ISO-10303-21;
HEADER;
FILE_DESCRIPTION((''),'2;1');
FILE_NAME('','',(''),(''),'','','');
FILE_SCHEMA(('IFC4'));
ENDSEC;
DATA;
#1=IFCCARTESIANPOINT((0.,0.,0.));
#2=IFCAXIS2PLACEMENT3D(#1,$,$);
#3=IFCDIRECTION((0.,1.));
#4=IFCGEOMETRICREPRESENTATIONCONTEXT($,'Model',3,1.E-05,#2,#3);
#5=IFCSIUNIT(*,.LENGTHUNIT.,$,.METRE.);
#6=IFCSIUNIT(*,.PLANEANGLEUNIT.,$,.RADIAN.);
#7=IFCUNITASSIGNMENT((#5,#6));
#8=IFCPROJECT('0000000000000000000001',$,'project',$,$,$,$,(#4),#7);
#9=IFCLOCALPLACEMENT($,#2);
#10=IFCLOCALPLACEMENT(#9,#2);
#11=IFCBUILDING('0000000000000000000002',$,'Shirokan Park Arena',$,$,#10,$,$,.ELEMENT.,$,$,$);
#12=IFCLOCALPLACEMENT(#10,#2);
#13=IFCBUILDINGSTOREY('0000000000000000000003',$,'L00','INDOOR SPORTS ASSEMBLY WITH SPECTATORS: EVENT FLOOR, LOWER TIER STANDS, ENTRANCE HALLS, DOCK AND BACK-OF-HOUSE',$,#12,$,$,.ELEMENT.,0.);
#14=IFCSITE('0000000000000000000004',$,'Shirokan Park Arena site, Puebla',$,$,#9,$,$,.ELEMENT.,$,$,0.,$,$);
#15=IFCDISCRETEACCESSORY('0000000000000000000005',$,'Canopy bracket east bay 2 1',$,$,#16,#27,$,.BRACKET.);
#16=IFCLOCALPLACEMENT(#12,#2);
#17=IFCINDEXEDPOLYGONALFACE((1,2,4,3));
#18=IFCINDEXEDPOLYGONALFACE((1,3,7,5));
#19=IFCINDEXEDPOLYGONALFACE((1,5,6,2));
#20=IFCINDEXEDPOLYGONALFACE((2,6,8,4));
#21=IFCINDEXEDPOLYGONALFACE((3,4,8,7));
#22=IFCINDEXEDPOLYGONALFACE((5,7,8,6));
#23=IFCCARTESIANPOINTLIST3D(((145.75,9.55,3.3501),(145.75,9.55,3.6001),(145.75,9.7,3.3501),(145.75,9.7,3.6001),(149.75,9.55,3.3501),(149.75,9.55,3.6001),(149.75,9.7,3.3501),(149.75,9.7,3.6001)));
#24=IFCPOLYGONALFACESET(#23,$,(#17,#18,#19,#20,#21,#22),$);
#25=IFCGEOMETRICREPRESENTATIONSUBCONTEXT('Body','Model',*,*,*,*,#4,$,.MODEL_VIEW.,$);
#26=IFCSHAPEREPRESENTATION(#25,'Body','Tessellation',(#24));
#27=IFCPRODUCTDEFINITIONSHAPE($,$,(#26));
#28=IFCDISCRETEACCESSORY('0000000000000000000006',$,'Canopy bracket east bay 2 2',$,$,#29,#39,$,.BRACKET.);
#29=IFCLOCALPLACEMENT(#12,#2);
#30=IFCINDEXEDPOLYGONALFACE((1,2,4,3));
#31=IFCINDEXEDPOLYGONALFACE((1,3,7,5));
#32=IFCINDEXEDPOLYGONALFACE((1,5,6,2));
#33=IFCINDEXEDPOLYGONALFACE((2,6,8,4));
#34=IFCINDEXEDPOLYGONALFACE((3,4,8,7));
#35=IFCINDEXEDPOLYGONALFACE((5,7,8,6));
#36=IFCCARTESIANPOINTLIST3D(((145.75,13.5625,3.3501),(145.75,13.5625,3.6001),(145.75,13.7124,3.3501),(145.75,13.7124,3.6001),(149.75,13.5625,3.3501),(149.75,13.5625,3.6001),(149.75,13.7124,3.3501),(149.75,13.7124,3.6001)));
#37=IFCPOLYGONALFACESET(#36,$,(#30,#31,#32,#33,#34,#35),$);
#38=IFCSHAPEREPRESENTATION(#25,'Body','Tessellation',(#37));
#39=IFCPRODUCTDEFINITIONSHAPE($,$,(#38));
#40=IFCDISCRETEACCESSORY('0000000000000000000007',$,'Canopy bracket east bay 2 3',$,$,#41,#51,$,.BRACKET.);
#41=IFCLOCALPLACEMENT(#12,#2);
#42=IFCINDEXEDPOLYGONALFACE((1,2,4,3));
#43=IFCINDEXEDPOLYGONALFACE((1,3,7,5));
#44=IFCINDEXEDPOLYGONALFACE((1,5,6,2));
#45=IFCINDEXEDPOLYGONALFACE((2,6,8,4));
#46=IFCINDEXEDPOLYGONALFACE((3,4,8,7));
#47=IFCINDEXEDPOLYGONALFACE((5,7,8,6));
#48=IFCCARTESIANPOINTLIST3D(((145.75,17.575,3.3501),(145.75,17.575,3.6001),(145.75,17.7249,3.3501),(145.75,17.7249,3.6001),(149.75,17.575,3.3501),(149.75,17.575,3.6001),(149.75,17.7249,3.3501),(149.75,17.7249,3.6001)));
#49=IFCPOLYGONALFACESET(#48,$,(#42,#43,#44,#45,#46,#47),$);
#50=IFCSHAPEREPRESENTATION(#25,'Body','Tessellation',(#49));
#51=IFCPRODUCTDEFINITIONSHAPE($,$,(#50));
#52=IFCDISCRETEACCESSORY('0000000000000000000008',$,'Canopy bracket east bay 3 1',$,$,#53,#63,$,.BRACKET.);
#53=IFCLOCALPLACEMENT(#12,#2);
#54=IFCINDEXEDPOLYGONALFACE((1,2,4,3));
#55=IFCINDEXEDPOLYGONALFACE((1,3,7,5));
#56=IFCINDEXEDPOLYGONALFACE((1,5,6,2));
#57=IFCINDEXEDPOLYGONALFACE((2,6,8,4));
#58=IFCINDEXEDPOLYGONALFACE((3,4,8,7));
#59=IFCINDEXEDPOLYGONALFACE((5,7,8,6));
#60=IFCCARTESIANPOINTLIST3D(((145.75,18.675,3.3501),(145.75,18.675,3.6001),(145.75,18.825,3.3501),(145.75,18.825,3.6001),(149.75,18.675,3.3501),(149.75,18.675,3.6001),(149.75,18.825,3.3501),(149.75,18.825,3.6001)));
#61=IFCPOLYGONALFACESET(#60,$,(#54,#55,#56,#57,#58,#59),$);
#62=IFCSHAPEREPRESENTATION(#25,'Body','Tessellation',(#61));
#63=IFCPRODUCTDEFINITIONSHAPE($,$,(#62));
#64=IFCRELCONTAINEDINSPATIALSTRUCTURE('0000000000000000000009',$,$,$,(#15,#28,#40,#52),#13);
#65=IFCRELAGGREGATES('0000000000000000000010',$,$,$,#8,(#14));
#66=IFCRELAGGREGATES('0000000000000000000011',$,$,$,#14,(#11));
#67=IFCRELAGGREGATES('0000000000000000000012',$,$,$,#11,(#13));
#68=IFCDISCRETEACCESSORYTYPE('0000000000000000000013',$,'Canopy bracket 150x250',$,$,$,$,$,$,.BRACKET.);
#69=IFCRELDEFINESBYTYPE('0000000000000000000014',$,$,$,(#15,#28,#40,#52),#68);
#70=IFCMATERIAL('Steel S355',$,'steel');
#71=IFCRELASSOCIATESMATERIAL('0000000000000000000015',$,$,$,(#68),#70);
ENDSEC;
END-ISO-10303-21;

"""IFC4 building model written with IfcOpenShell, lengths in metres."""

from ifc_helpers import new_model, si_unit, direction, frame, origin, origin_2d, place, context, subcontext, project, spatial, rectangle, extrude, material, type_object, element, save


model = new_model("IFC4")

# Units and contexts
model_context = context("Model", 3, precision=1e-05, world=origin(), true_north=direction((0.0, 1.0)))
body_context = subcontext(model_context, "Body", "Model", "MODEL_VIEW")
ifc_project = project(units=[si_unit("LENGTHUNIT", "METRE"), si_unit("PLANEANGLEUNIT", "RADIAN")], contexts=[model_context])

# Site, building, storey
site_placement = place(None, origin())
site = spatial("IfcSite", under=ifc_project, at=site_placement, Name="Shirokan Park Arena site, Puebla", CompositionType="ELEMENT", RefElevation=0.0)
building_placement = place(site_placement, origin())
building = spatial("IfcBuilding", under=site, at=building_placement, Name="Shirokan Park Arena", CompositionType="ELEMENT")
storey_placement = place(building_placement, origin())
storey = spatial("IfcBuildingStorey", under=building, at=storey_placement, Name="L00", Description="INDOOR SPORTS ASSEMBLY WITH SPECTATORS: EVENT FLOOR, LOWER TIER STANDS, ENTRANCE HALLS, DOCK AND BACK-OF-HOUSE", CompositionType="ELEMENT", Elevation=0.0)

# Shared definitions
ifc_material_1 = material(Name="Steel S355", Category="steel")

# Discrete accessories
discrete_accessory_type = type_object("IfcDiscreteAccessoryType", Name="Canopy bracket 150x250", PredefinedType="BRACKET", material=ifc_material_1)
for number, where, z_axis, x_axis, name in (
    (1, (147.75, 9.625, 3.3501), (0.0, 0.0, 1.0), (0.0, 1.0, 0.0), "Canopy bracket east bay 2 1"),
    (2, (147.75, 13.6375, 3.3501), (0.0, 0.0, 1.0), (0.0, 1.0, 0.0), "Canopy bracket east bay 2 2"),
    (3, (147.75, 17.6499, 3.3501), (0.0, 0.0, 1.0), (0.0, 1.0, 0.0), "Canopy bracket east bay 2 3"),
    (4, (147.75, 18.75, 3.3501), (0.0, 0.0, 1.0), (0.0, 1.0, 0.0), "Canopy bracket east bay 3 1"),
):
    element("IfcDiscreteAccessory", number, at=place(storey_placement, frame(where, z_axis=z_axis, x_axis=x_axis)), inside=storey, type_object=discrete_accessory_type, Name=name, PredefinedType="BRACKET", context=body_context, shape_type="SweptSolid", body=[
        extrude(rectangle(XDim=0.1499, YDim=4.0, at=origin_2d()), origin(), (0.0, 0.0, 1.0), 0.25),
    ])

save(model, "model.ifc")
